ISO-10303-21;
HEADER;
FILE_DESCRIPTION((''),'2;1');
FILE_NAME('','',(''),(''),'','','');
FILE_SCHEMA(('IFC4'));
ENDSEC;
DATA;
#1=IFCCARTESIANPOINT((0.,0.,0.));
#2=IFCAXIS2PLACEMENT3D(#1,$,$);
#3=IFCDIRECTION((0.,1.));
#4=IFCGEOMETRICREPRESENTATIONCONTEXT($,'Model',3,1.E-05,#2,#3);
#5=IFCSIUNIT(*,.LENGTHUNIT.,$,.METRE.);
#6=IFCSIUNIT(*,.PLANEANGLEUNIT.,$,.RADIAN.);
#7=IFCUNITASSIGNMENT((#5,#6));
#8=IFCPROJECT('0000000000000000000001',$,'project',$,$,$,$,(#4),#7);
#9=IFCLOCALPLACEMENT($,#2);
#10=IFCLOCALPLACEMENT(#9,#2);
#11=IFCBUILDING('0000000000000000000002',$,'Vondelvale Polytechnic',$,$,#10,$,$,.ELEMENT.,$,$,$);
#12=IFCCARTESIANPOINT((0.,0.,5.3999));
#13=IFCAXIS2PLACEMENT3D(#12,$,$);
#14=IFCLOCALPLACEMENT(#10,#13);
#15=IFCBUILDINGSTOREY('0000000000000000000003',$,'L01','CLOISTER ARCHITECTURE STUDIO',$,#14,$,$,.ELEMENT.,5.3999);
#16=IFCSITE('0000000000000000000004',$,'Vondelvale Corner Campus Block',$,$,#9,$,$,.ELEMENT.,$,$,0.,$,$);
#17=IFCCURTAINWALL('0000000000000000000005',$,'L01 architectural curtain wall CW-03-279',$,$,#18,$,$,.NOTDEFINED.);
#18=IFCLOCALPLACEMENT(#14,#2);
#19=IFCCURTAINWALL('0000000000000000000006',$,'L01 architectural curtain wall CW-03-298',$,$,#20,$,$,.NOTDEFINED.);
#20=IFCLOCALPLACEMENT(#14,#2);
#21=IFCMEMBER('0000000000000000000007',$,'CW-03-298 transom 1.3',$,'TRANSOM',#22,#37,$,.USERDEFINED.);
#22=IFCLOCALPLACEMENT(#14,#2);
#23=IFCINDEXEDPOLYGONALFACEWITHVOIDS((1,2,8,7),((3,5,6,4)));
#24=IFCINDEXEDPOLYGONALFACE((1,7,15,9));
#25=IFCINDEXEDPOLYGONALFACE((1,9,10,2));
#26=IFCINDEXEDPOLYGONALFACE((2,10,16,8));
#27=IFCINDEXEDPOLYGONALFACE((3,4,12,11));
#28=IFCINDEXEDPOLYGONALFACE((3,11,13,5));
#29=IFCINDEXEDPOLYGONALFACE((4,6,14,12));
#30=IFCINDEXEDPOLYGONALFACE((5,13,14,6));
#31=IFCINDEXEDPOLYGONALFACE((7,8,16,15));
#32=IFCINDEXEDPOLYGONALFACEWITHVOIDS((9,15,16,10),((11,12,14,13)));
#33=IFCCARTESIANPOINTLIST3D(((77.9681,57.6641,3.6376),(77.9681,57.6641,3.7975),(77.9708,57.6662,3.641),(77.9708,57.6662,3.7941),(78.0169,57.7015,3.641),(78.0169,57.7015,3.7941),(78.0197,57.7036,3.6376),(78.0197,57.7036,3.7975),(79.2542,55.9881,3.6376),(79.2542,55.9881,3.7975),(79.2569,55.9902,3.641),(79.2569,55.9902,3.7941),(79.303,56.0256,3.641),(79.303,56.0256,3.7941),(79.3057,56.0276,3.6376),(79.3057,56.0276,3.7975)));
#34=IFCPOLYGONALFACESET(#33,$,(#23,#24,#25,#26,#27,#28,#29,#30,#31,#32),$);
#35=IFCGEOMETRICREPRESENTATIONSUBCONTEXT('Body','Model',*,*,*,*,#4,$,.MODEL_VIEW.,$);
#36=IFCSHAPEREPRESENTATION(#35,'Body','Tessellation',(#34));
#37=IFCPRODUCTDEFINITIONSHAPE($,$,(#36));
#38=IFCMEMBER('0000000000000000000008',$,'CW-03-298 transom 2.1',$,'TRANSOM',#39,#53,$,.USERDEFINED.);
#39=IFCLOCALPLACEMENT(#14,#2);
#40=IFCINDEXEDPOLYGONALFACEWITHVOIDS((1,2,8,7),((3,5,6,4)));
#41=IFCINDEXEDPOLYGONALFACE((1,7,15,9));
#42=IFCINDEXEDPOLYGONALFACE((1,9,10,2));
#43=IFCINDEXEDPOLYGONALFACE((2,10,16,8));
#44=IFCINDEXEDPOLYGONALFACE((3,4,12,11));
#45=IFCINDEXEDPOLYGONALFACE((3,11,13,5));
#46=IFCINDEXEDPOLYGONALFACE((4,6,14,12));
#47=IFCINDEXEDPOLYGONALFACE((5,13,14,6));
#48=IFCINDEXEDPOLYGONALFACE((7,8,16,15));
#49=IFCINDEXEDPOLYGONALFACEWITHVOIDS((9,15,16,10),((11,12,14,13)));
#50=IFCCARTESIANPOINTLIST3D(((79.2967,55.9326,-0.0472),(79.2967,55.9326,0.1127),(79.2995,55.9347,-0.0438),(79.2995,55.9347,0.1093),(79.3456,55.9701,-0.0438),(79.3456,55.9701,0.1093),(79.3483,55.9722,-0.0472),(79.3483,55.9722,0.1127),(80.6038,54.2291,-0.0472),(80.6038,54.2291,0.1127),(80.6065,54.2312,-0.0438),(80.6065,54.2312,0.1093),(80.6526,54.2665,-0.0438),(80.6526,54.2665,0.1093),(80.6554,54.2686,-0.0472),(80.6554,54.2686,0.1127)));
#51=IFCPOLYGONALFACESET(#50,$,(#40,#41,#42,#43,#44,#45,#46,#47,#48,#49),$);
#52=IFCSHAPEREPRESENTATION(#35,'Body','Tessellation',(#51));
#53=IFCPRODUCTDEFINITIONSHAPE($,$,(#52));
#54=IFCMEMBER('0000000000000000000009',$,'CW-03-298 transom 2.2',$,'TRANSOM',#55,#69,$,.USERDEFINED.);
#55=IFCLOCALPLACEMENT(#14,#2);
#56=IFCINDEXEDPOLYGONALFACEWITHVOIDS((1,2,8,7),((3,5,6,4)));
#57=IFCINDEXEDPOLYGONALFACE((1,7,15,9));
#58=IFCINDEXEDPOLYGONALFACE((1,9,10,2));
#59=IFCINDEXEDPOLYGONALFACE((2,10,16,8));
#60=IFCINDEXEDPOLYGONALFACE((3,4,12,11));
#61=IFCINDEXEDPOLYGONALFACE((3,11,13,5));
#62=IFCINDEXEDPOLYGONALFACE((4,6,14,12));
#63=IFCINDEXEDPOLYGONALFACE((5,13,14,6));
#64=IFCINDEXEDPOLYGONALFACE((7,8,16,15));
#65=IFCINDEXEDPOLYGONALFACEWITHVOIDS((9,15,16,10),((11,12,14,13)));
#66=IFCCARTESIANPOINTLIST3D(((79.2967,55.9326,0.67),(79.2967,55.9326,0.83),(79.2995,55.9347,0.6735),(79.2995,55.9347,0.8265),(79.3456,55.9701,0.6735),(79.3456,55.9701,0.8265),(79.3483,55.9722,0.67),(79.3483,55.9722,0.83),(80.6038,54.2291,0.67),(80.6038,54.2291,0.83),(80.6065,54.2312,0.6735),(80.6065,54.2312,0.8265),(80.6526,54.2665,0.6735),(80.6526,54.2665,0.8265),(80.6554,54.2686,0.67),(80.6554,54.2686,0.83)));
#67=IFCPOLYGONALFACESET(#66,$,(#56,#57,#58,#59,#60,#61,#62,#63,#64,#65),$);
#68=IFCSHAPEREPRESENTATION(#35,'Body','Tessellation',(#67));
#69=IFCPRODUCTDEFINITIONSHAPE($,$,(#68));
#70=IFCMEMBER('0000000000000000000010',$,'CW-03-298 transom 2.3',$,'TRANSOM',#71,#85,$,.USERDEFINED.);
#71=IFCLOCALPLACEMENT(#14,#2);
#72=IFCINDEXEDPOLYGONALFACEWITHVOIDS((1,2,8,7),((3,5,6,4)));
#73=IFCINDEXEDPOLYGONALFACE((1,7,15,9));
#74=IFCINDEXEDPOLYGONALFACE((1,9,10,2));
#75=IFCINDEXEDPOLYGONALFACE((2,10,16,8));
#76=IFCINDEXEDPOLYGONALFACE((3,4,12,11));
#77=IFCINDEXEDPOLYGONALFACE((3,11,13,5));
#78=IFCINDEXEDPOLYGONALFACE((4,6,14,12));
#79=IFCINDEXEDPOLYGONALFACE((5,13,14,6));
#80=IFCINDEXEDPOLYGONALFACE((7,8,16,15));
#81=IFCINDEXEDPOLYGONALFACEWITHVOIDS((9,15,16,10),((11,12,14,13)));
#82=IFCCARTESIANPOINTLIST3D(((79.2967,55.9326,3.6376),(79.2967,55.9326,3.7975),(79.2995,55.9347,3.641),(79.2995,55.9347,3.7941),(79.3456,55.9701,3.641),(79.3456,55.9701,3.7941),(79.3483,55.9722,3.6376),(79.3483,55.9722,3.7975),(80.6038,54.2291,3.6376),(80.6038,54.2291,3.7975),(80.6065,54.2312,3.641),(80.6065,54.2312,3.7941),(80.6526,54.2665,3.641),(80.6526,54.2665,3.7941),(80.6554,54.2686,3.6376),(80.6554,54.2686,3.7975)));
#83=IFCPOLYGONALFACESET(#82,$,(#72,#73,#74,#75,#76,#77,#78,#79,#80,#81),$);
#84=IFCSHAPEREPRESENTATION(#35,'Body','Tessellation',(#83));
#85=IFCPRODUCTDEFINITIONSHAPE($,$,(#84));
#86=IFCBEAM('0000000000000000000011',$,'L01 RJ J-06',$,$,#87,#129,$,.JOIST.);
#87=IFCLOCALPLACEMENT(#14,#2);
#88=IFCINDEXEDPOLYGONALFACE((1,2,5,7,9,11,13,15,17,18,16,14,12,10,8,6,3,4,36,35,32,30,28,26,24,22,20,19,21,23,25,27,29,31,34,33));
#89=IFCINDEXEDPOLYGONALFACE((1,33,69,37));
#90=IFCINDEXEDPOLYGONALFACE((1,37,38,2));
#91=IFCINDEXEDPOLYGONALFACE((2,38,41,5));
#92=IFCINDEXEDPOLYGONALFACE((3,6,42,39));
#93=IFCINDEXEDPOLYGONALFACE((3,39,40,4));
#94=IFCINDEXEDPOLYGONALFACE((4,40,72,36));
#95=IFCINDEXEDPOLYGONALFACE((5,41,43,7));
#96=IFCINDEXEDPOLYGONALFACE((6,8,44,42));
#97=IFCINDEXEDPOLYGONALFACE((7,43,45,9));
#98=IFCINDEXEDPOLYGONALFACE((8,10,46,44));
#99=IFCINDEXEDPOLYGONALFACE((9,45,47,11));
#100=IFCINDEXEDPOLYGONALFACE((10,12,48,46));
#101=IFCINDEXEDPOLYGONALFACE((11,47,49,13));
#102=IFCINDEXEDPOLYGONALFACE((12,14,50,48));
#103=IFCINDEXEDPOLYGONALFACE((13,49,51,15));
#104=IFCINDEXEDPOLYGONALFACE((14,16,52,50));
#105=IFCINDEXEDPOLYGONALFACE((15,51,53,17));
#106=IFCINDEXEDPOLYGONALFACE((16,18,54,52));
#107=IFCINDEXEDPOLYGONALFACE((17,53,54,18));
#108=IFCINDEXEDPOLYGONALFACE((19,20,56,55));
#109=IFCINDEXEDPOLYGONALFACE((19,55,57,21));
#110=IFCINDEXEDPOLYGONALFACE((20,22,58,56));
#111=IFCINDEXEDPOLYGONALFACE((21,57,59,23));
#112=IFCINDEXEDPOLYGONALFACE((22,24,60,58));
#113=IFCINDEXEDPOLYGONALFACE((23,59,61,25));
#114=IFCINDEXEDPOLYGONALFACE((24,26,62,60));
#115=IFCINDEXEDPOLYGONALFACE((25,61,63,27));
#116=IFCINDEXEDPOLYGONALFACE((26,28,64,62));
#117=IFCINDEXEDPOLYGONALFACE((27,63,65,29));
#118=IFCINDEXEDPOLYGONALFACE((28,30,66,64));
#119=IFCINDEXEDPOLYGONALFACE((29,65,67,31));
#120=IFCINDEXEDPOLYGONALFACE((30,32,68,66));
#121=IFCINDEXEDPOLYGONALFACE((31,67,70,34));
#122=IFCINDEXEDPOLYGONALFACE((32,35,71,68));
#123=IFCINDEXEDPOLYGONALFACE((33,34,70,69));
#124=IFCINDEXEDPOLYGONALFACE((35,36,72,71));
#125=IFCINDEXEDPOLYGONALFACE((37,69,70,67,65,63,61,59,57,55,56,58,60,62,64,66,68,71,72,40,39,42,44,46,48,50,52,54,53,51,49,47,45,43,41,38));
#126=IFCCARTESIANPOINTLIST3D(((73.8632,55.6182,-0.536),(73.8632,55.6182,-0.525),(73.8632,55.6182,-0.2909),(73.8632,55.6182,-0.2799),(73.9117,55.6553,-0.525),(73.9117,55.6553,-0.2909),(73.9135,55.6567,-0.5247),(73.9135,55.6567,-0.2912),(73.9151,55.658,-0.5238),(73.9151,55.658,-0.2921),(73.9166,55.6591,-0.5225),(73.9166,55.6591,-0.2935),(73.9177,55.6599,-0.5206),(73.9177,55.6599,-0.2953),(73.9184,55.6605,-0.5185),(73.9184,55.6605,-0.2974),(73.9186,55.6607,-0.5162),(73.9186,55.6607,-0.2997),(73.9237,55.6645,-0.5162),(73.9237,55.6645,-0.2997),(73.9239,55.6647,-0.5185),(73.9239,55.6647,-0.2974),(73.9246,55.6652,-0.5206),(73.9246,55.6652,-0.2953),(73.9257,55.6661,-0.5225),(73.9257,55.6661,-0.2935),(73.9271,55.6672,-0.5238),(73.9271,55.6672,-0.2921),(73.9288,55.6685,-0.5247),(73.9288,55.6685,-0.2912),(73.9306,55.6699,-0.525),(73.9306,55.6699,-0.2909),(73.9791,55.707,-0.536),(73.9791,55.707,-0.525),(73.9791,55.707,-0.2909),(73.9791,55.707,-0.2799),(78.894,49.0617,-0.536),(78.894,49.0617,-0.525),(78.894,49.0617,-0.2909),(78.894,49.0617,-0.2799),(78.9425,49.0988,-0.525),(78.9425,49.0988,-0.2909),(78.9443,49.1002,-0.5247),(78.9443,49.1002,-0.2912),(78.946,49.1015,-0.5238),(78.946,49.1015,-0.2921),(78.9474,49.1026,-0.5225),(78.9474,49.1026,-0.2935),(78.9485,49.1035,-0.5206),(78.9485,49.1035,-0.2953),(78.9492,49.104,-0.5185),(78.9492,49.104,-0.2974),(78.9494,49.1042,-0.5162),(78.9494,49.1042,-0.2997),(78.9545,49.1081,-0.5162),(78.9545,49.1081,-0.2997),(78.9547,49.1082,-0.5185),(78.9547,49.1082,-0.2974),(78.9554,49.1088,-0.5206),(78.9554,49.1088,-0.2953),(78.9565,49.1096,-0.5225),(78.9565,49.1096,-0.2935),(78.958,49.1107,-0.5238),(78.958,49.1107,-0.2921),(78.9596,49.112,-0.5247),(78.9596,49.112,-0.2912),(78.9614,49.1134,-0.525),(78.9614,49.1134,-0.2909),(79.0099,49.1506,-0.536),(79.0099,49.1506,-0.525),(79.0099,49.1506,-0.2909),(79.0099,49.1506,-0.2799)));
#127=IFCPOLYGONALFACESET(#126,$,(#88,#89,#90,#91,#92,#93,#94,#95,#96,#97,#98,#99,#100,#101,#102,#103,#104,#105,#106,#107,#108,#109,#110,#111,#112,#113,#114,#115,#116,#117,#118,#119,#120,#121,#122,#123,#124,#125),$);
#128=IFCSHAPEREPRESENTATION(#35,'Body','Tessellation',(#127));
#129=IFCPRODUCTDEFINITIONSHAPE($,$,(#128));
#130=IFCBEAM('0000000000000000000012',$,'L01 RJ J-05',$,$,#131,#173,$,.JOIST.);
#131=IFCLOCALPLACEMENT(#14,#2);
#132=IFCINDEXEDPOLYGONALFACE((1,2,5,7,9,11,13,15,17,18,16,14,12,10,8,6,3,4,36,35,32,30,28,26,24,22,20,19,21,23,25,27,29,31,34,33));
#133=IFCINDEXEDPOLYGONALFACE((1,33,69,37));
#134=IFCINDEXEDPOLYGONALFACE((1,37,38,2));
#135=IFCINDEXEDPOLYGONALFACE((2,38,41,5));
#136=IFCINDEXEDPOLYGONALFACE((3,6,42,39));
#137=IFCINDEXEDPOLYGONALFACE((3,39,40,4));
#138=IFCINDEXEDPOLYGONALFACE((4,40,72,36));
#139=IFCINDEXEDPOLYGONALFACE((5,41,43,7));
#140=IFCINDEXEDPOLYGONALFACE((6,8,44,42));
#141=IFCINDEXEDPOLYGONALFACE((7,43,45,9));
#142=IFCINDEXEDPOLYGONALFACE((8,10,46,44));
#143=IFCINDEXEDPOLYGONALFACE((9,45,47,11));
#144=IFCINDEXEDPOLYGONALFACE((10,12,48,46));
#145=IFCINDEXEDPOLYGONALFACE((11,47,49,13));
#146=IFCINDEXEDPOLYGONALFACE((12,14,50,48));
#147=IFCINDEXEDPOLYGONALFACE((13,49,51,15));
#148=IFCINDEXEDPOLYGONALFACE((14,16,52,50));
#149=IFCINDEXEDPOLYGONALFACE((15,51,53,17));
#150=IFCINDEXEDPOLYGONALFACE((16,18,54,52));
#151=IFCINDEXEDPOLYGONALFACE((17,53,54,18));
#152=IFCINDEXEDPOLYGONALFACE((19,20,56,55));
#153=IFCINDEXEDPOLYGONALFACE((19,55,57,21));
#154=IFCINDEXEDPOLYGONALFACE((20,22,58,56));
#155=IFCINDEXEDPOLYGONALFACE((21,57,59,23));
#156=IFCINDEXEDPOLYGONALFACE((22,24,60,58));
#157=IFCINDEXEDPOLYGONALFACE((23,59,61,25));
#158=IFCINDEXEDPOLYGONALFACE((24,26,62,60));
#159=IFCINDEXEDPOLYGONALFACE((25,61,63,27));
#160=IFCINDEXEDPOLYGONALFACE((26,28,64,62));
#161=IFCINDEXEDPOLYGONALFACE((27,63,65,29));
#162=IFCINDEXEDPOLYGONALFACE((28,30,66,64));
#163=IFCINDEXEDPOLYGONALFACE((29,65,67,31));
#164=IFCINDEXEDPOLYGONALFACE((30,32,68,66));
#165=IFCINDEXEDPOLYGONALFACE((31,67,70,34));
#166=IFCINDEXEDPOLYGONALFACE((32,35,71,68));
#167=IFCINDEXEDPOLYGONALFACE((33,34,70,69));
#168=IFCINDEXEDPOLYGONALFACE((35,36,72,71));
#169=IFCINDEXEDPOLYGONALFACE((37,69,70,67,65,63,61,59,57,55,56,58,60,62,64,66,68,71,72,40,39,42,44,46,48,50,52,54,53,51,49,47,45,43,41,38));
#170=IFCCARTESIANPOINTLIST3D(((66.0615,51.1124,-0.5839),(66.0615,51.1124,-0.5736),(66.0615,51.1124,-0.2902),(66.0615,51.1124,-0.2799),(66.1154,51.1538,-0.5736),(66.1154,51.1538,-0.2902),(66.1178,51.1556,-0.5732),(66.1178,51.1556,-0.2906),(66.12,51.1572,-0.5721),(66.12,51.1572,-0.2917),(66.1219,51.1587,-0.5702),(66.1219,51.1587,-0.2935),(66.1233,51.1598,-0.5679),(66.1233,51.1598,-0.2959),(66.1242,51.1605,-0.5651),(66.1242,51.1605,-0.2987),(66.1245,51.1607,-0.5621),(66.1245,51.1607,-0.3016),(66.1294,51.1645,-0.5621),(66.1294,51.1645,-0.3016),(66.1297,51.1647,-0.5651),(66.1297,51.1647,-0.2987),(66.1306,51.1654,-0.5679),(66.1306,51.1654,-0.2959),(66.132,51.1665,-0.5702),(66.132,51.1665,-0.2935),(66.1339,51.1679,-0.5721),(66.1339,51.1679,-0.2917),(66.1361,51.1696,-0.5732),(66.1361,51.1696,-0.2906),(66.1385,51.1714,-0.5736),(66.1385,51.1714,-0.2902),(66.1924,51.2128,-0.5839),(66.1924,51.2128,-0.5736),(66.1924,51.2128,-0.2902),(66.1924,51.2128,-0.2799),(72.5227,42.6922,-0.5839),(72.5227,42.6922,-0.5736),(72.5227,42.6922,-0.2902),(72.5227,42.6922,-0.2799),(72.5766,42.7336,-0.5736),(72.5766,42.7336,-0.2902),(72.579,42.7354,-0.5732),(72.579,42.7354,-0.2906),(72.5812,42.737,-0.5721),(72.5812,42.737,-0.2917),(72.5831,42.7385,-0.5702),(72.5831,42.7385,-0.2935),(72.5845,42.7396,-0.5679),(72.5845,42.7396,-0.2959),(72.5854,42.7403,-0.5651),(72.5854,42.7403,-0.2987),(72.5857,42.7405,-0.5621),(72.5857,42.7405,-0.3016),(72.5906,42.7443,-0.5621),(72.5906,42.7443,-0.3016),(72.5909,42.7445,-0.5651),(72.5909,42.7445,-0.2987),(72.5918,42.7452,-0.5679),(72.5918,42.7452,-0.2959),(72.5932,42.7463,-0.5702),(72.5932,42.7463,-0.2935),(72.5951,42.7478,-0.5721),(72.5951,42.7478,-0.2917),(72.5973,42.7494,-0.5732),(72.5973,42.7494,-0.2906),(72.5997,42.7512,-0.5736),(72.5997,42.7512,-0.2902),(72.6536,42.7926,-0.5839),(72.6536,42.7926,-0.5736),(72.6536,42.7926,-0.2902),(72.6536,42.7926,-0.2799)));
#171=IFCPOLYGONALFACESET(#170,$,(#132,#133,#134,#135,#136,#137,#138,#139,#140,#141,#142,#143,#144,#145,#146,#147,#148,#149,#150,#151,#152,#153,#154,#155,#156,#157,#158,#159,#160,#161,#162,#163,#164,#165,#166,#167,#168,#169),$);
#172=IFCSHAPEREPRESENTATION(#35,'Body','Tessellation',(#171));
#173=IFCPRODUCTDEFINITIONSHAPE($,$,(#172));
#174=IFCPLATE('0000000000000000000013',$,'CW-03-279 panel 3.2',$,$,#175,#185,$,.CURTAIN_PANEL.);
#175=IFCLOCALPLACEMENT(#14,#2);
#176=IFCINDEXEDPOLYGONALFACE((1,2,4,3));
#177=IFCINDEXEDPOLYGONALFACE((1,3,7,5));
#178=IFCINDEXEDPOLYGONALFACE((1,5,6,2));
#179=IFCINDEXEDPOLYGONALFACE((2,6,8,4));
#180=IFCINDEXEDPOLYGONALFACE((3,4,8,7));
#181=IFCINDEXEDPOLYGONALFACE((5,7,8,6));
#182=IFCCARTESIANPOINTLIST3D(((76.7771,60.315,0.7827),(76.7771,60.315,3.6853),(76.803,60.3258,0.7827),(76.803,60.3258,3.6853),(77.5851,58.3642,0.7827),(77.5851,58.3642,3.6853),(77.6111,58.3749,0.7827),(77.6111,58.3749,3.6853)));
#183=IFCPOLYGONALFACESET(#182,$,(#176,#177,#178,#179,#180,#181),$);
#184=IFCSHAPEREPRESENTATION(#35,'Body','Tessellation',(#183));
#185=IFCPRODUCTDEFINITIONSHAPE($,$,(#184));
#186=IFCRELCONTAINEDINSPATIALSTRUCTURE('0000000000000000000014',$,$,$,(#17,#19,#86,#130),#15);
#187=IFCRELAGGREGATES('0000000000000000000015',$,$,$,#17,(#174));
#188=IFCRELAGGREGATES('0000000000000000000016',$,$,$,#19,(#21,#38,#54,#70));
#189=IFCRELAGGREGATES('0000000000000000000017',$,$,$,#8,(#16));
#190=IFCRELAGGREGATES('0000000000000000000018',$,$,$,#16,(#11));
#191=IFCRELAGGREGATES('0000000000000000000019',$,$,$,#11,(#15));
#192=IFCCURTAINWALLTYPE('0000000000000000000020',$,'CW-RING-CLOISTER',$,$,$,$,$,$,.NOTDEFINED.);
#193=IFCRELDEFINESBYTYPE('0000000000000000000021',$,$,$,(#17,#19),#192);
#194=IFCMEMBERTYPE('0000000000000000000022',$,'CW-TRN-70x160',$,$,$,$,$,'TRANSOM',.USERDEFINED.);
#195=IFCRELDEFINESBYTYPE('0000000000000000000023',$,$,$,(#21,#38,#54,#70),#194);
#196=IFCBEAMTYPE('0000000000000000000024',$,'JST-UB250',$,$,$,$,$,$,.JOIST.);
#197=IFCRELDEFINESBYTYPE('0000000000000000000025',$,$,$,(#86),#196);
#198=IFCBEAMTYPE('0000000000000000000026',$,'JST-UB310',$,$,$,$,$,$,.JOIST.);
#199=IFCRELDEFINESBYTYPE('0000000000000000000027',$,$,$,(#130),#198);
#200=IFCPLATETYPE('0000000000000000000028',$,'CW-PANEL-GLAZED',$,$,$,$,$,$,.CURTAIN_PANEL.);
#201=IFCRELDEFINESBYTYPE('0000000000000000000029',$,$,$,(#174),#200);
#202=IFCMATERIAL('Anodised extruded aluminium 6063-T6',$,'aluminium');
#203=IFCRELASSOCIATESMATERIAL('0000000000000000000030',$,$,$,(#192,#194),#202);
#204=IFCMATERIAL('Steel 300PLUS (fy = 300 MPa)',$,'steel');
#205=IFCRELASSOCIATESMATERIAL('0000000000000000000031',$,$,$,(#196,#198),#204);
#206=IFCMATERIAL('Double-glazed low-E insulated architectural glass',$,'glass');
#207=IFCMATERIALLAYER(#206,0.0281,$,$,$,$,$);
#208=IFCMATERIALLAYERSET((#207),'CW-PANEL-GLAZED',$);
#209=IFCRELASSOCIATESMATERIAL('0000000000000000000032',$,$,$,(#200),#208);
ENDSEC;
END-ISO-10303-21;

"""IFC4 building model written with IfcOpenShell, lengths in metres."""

from ifc_helpers import new_model, si_unit, direction, frame, origin, origin_2d, place, context, subcontext, project, spatial, rectangle, hollow_rectangle, i_section, extrude, material, layer, layer_set, material_profile, profile_set, type_object, element, aggregate, save


model = new_model("IFC4")

# Units and contexts
model_context = context("Model", 3, precision=1e-05, world=origin(), true_north=direction((0.0, 1.0)))
body_context = subcontext(model_context, "Body", "Model", "MODEL_VIEW")
ifc_project = project(units=[si_unit("LENGTHUNIT", "METRE"), si_unit("PLANEANGLEUNIT", "RADIAN")], contexts=[model_context])

# Site, building, storey
site_placement = place(None, origin())
site = spatial("IfcSite", under=ifc_project, at=site_placement, Name="Vondelvale Corner Campus Block", CompositionType="ELEMENT", RefElevation=0.0)
building_placement = place(site_placement, origin())
building = spatial("IfcBuilding", under=site, at=building_placement, Name="Vondelvale Polytechnic", CompositionType="ELEMENT")
storey_placement = place(building_placement, frame((0.0, 0.0, 5.3999)))
storey = spatial("IfcBuildingStorey", under=building, at=storey_placement, Name="L01", Description="CLOISTER ARCHITECTURE STUDIO", CompositionType="ELEMENT", Elevation=5.3999)

# Shared definitions
ifc_material_1 = material(Name="Steel 300PLUS (fy = 300 MPa)", Category="steel")

# Curtain wall
ifc_material_2 = material(Name="Anodised extruded aluminium 6063-T6", Category="aluminium")
curtain_wall_type = type_object("IfcCurtainWallType", Name="CW-RING-CLOISTER", PredefinedType="NOTDEFINED", material=ifc_material_2)
curtain_wall_1_placement = place(storey_placement, origin())
curtain_wall_1 = element("IfcCurtainWall", 1, at=curtain_wall_1_placement, inside=storey, type_object=curtain_wall_type, Name="L01 architectural curtain wall CW-03-279", PredefinedType="NOTDEFINED")

# Curtain wall, members
curtain_wall_2_placement = place(storey_placement, origin())
curtain_wall_2 = element("IfcCurtainWall", 2, at=curtain_wall_2_placement, inside=storey, type_object=curtain_wall_type, Name="L01 architectural curtain wall CW-03-298", PredefinedType="NOTDEFINED")
ifc_material_profile_1 = material_profile(ifc_material_2, hollow_rectangle(XDim=0.0649, YDim=0.1599, WallThickness=0.0034, at=origin_2d()), Name="CW-TRN-160x65")
ifc_profile_set_1 = profile_set([ifc_material_profile_1], Name="Anodised extruded aluminium 6063-T6")
member_type_1 = type_object("IfcMemberType", Name="CW-TRN-70x160", ElementType="TRANSOM", PredefinedType="USERDEFINED", material=ifc_profile_set_1)
member_1_placement = place(storey_placement, frame((77.9939, 57.6838, 3.7175), z_axis=(0.608783, -0.793337, 0.0), x_axis=(0.793337, 0.608783, 0.0)))
member_1 = element("IfcMember", 3, at=member_1_placement, type_object=member_type_1, Name="CW-03-298 transom 1.3", ObjectType="TRANSOM", PredefinedType="USERDEFINED", context=body_context, shape_type="SweptSolid", body=[
    extrude(hollow_rectangle(XDim=0.0649, YDim=0.1599, WallThickness=0.0034, at=origin_2d()), origin(), (0.0, 0.0, 1.0), 2.1125),
])
member_2_placement = place(storey_placement, frame((79.3225, 55.9524, 0.0327), z_axis=(0.608732, -0.793376, 0.0), x_axis=(0.793376, 0.608732, 0.0)))
member_2 = element("IfcMember", 4, at=member_2_placement, type_object=member_type_1, Name="CW-03-298 transom 2.1", ObjectType="TRANSOM", PredefinedType="USERDEFINED", context=body_context, shape_type="SweptSolid", body=[
    extrude(hollow_rectangle(XDim=0.0649, YDim=0.1599, WallThickness=0.0034, at=origin_2d()), origin(), (0.0, 0.0, 1.0), 2.1472),
])
member_3_placement = place(storey_placement, frame((79.3225, 55.9524, 0.75), z_axis=(0.608732, -0.793376, 0.0), x_axis=(0.793376, 0.608732, 0.0)))
member_3 = element("IfcMember", 5, at=member_3_placement, type_object=member_type_1, Name="CW-03-298 transom 2.2", ObjectType="TRANSOM", PredefinedType="USERDEFINED", context=body_context, shape_type="SweptSolid", body=[
    extrude(hollow_rectangle(XDim=0.0649, YDim=0.1599, WallThickness=0.0034, at=origin_2d()), origin(), (0.0, 0.0, 1.0), 2.1472),
])
member_4_placement = place(storey_placement, frame((79.3225, 55.9524, 3.7175), z_axis=(0.608732, -0.793376, 0.0), x_axis=(0.793376, 0.608732, 0.0)))
member_4 = element("IfcMember", 6, at=member_4_placement, type_object=member_type_1, Name="CW-03-298 transom 2.3", ObjectType="TRANSOM", PredefinedType="USERDEFINED", context=body_context, shape_type="SweptSolid", body=[
    extrude(hollow_rectangle(XDim=0.0649, YDim=0.1599, WallThickness=0.0034, at=origin_2d()), origin(), (0.0, 0.0, 1.0), 2.1472),
])

# Beams
ifc_material_profile_2 = material_profile(ifc_material_1, i_section(OverallWidth=0.146, OverallDepth=0.2561, WebThickness=0.0063, FlangeThickness=0.011, FilletRadius=0.0088, at=origin_2d()), Name="250UB37.3")
ifc_profile_set_2 = profile_set([ifc_material_profile_2], Name="Steel 300PLUS (fy = 300 MPa)")
beam_type_1 = type_object("IfcBeamType", Name="JST-UB250", PredefinedType="JOIST", material=ifc_profile_set_2)
beam_1_placement = place(storey_placement, frame((73.9211, 55.6626, -0.408), z_axis=(0.608751, -0.793361, 0.0), x_axis=(0.793361, 0.608751, 0.0)))
element("IfcBeam", 7, at=beam_1_placement, inside=storey, type_object=beam_type_1, Name="L01 RJ J-06", PredefinedType="JOIST", context=body_context, shape_type="SweptSolid", body=[
    extrude(i_section(OverallWidth=0.146, OverallDepth=0.2561, WebThickness=0.0063, FlangeThickness=0.011, FilletRadius=0.0088, at=origin_2d()), origin(), (0.0, 0.0, 1.0), 8.2642),
])
ifc_material_profile_3 = material_profile(ifc_material_1, i_section(OverallWidth=0.165, OverallDepth=0.304, WebThickness=0.0061, FlangeThickness=0.0103, FilletRadius=0.0115, at=origin_2d()), Name="310UB40.4")
ifc_profile_set_3 = profile_set([ifc_material_profile_3], Name="Steel 300PLUS (fy = 300 MPa)")
beam_type_2 = type_object("IfcBeamType", Name="JST-UB310", PredefinedType="JOIST", material=ifc_profile_set_3)
beam_2_placement = place(storey_placement, frame((66.127, 51.1626, -0.4319), z_axis=(0.608771, -0.793346, 0.0), x_axis=(0.793346, 0.608771, 0.0)))
element("IfcBeam", 8, at=beam_2_placement, inside=storey, type_object=beam_type_2, Name="L01 RJ J-05", PredefinedType="JOIST", context=body_context, shape_type="SweptSolid", body=[
    extrude(i_section(OverallWidth=0.165, OverallDepth=0.304, WebThickness=0.0061, FlangeThickness=0.0103, FilletRadius=0.0115, at=origin_2d()), origin(), (0.0, 0.0, 1.0), 10.6135),
])

# Plate
ifc_material_3 = material(Name="Double-glazed low-E insulated architectural glass", Category="glass")
ifc_layer_1 = layer(ifc_material_3, 0.0281)
ifc_layer_set_1 = layer_set([ifc_layer_1], Name="CW-PANEL-GLAZED")
plate_type_1 = type_object("IfcPlateType", Name="CW-PANEL-GLAZED", PredefinedType="CURTAIN_PANEL", material=ifc_layer_set_1)
plate_1_placement = place(storey_placement, frame((77.1941, 59.345, 0.7827), z_axis=(0.0, 0.0, 1.0), x_axis=(0.382679, -0.923882, 0.0)))
plate_1 = element("IfcPlate", 9, at=plate_1_placement, type_object=plate_type_1, Name="CW-03-279 panel 3.2", PredefinedType="CURTAIN_PANEL", context=body_context, shape_type="SweptSolid", body=[
    extrude(rectangle(XDim=2.1116, YDim=0.0281, at=origin_2d()), origin(), (0.0, 0.0, 1.0), 2.9026),
])
aggregate(curtain_wall_1, [plate_1])
aggregate(curtain_wall_2, [member_1, member_2, member_3, member_4])

save(model, "model.ifc")
